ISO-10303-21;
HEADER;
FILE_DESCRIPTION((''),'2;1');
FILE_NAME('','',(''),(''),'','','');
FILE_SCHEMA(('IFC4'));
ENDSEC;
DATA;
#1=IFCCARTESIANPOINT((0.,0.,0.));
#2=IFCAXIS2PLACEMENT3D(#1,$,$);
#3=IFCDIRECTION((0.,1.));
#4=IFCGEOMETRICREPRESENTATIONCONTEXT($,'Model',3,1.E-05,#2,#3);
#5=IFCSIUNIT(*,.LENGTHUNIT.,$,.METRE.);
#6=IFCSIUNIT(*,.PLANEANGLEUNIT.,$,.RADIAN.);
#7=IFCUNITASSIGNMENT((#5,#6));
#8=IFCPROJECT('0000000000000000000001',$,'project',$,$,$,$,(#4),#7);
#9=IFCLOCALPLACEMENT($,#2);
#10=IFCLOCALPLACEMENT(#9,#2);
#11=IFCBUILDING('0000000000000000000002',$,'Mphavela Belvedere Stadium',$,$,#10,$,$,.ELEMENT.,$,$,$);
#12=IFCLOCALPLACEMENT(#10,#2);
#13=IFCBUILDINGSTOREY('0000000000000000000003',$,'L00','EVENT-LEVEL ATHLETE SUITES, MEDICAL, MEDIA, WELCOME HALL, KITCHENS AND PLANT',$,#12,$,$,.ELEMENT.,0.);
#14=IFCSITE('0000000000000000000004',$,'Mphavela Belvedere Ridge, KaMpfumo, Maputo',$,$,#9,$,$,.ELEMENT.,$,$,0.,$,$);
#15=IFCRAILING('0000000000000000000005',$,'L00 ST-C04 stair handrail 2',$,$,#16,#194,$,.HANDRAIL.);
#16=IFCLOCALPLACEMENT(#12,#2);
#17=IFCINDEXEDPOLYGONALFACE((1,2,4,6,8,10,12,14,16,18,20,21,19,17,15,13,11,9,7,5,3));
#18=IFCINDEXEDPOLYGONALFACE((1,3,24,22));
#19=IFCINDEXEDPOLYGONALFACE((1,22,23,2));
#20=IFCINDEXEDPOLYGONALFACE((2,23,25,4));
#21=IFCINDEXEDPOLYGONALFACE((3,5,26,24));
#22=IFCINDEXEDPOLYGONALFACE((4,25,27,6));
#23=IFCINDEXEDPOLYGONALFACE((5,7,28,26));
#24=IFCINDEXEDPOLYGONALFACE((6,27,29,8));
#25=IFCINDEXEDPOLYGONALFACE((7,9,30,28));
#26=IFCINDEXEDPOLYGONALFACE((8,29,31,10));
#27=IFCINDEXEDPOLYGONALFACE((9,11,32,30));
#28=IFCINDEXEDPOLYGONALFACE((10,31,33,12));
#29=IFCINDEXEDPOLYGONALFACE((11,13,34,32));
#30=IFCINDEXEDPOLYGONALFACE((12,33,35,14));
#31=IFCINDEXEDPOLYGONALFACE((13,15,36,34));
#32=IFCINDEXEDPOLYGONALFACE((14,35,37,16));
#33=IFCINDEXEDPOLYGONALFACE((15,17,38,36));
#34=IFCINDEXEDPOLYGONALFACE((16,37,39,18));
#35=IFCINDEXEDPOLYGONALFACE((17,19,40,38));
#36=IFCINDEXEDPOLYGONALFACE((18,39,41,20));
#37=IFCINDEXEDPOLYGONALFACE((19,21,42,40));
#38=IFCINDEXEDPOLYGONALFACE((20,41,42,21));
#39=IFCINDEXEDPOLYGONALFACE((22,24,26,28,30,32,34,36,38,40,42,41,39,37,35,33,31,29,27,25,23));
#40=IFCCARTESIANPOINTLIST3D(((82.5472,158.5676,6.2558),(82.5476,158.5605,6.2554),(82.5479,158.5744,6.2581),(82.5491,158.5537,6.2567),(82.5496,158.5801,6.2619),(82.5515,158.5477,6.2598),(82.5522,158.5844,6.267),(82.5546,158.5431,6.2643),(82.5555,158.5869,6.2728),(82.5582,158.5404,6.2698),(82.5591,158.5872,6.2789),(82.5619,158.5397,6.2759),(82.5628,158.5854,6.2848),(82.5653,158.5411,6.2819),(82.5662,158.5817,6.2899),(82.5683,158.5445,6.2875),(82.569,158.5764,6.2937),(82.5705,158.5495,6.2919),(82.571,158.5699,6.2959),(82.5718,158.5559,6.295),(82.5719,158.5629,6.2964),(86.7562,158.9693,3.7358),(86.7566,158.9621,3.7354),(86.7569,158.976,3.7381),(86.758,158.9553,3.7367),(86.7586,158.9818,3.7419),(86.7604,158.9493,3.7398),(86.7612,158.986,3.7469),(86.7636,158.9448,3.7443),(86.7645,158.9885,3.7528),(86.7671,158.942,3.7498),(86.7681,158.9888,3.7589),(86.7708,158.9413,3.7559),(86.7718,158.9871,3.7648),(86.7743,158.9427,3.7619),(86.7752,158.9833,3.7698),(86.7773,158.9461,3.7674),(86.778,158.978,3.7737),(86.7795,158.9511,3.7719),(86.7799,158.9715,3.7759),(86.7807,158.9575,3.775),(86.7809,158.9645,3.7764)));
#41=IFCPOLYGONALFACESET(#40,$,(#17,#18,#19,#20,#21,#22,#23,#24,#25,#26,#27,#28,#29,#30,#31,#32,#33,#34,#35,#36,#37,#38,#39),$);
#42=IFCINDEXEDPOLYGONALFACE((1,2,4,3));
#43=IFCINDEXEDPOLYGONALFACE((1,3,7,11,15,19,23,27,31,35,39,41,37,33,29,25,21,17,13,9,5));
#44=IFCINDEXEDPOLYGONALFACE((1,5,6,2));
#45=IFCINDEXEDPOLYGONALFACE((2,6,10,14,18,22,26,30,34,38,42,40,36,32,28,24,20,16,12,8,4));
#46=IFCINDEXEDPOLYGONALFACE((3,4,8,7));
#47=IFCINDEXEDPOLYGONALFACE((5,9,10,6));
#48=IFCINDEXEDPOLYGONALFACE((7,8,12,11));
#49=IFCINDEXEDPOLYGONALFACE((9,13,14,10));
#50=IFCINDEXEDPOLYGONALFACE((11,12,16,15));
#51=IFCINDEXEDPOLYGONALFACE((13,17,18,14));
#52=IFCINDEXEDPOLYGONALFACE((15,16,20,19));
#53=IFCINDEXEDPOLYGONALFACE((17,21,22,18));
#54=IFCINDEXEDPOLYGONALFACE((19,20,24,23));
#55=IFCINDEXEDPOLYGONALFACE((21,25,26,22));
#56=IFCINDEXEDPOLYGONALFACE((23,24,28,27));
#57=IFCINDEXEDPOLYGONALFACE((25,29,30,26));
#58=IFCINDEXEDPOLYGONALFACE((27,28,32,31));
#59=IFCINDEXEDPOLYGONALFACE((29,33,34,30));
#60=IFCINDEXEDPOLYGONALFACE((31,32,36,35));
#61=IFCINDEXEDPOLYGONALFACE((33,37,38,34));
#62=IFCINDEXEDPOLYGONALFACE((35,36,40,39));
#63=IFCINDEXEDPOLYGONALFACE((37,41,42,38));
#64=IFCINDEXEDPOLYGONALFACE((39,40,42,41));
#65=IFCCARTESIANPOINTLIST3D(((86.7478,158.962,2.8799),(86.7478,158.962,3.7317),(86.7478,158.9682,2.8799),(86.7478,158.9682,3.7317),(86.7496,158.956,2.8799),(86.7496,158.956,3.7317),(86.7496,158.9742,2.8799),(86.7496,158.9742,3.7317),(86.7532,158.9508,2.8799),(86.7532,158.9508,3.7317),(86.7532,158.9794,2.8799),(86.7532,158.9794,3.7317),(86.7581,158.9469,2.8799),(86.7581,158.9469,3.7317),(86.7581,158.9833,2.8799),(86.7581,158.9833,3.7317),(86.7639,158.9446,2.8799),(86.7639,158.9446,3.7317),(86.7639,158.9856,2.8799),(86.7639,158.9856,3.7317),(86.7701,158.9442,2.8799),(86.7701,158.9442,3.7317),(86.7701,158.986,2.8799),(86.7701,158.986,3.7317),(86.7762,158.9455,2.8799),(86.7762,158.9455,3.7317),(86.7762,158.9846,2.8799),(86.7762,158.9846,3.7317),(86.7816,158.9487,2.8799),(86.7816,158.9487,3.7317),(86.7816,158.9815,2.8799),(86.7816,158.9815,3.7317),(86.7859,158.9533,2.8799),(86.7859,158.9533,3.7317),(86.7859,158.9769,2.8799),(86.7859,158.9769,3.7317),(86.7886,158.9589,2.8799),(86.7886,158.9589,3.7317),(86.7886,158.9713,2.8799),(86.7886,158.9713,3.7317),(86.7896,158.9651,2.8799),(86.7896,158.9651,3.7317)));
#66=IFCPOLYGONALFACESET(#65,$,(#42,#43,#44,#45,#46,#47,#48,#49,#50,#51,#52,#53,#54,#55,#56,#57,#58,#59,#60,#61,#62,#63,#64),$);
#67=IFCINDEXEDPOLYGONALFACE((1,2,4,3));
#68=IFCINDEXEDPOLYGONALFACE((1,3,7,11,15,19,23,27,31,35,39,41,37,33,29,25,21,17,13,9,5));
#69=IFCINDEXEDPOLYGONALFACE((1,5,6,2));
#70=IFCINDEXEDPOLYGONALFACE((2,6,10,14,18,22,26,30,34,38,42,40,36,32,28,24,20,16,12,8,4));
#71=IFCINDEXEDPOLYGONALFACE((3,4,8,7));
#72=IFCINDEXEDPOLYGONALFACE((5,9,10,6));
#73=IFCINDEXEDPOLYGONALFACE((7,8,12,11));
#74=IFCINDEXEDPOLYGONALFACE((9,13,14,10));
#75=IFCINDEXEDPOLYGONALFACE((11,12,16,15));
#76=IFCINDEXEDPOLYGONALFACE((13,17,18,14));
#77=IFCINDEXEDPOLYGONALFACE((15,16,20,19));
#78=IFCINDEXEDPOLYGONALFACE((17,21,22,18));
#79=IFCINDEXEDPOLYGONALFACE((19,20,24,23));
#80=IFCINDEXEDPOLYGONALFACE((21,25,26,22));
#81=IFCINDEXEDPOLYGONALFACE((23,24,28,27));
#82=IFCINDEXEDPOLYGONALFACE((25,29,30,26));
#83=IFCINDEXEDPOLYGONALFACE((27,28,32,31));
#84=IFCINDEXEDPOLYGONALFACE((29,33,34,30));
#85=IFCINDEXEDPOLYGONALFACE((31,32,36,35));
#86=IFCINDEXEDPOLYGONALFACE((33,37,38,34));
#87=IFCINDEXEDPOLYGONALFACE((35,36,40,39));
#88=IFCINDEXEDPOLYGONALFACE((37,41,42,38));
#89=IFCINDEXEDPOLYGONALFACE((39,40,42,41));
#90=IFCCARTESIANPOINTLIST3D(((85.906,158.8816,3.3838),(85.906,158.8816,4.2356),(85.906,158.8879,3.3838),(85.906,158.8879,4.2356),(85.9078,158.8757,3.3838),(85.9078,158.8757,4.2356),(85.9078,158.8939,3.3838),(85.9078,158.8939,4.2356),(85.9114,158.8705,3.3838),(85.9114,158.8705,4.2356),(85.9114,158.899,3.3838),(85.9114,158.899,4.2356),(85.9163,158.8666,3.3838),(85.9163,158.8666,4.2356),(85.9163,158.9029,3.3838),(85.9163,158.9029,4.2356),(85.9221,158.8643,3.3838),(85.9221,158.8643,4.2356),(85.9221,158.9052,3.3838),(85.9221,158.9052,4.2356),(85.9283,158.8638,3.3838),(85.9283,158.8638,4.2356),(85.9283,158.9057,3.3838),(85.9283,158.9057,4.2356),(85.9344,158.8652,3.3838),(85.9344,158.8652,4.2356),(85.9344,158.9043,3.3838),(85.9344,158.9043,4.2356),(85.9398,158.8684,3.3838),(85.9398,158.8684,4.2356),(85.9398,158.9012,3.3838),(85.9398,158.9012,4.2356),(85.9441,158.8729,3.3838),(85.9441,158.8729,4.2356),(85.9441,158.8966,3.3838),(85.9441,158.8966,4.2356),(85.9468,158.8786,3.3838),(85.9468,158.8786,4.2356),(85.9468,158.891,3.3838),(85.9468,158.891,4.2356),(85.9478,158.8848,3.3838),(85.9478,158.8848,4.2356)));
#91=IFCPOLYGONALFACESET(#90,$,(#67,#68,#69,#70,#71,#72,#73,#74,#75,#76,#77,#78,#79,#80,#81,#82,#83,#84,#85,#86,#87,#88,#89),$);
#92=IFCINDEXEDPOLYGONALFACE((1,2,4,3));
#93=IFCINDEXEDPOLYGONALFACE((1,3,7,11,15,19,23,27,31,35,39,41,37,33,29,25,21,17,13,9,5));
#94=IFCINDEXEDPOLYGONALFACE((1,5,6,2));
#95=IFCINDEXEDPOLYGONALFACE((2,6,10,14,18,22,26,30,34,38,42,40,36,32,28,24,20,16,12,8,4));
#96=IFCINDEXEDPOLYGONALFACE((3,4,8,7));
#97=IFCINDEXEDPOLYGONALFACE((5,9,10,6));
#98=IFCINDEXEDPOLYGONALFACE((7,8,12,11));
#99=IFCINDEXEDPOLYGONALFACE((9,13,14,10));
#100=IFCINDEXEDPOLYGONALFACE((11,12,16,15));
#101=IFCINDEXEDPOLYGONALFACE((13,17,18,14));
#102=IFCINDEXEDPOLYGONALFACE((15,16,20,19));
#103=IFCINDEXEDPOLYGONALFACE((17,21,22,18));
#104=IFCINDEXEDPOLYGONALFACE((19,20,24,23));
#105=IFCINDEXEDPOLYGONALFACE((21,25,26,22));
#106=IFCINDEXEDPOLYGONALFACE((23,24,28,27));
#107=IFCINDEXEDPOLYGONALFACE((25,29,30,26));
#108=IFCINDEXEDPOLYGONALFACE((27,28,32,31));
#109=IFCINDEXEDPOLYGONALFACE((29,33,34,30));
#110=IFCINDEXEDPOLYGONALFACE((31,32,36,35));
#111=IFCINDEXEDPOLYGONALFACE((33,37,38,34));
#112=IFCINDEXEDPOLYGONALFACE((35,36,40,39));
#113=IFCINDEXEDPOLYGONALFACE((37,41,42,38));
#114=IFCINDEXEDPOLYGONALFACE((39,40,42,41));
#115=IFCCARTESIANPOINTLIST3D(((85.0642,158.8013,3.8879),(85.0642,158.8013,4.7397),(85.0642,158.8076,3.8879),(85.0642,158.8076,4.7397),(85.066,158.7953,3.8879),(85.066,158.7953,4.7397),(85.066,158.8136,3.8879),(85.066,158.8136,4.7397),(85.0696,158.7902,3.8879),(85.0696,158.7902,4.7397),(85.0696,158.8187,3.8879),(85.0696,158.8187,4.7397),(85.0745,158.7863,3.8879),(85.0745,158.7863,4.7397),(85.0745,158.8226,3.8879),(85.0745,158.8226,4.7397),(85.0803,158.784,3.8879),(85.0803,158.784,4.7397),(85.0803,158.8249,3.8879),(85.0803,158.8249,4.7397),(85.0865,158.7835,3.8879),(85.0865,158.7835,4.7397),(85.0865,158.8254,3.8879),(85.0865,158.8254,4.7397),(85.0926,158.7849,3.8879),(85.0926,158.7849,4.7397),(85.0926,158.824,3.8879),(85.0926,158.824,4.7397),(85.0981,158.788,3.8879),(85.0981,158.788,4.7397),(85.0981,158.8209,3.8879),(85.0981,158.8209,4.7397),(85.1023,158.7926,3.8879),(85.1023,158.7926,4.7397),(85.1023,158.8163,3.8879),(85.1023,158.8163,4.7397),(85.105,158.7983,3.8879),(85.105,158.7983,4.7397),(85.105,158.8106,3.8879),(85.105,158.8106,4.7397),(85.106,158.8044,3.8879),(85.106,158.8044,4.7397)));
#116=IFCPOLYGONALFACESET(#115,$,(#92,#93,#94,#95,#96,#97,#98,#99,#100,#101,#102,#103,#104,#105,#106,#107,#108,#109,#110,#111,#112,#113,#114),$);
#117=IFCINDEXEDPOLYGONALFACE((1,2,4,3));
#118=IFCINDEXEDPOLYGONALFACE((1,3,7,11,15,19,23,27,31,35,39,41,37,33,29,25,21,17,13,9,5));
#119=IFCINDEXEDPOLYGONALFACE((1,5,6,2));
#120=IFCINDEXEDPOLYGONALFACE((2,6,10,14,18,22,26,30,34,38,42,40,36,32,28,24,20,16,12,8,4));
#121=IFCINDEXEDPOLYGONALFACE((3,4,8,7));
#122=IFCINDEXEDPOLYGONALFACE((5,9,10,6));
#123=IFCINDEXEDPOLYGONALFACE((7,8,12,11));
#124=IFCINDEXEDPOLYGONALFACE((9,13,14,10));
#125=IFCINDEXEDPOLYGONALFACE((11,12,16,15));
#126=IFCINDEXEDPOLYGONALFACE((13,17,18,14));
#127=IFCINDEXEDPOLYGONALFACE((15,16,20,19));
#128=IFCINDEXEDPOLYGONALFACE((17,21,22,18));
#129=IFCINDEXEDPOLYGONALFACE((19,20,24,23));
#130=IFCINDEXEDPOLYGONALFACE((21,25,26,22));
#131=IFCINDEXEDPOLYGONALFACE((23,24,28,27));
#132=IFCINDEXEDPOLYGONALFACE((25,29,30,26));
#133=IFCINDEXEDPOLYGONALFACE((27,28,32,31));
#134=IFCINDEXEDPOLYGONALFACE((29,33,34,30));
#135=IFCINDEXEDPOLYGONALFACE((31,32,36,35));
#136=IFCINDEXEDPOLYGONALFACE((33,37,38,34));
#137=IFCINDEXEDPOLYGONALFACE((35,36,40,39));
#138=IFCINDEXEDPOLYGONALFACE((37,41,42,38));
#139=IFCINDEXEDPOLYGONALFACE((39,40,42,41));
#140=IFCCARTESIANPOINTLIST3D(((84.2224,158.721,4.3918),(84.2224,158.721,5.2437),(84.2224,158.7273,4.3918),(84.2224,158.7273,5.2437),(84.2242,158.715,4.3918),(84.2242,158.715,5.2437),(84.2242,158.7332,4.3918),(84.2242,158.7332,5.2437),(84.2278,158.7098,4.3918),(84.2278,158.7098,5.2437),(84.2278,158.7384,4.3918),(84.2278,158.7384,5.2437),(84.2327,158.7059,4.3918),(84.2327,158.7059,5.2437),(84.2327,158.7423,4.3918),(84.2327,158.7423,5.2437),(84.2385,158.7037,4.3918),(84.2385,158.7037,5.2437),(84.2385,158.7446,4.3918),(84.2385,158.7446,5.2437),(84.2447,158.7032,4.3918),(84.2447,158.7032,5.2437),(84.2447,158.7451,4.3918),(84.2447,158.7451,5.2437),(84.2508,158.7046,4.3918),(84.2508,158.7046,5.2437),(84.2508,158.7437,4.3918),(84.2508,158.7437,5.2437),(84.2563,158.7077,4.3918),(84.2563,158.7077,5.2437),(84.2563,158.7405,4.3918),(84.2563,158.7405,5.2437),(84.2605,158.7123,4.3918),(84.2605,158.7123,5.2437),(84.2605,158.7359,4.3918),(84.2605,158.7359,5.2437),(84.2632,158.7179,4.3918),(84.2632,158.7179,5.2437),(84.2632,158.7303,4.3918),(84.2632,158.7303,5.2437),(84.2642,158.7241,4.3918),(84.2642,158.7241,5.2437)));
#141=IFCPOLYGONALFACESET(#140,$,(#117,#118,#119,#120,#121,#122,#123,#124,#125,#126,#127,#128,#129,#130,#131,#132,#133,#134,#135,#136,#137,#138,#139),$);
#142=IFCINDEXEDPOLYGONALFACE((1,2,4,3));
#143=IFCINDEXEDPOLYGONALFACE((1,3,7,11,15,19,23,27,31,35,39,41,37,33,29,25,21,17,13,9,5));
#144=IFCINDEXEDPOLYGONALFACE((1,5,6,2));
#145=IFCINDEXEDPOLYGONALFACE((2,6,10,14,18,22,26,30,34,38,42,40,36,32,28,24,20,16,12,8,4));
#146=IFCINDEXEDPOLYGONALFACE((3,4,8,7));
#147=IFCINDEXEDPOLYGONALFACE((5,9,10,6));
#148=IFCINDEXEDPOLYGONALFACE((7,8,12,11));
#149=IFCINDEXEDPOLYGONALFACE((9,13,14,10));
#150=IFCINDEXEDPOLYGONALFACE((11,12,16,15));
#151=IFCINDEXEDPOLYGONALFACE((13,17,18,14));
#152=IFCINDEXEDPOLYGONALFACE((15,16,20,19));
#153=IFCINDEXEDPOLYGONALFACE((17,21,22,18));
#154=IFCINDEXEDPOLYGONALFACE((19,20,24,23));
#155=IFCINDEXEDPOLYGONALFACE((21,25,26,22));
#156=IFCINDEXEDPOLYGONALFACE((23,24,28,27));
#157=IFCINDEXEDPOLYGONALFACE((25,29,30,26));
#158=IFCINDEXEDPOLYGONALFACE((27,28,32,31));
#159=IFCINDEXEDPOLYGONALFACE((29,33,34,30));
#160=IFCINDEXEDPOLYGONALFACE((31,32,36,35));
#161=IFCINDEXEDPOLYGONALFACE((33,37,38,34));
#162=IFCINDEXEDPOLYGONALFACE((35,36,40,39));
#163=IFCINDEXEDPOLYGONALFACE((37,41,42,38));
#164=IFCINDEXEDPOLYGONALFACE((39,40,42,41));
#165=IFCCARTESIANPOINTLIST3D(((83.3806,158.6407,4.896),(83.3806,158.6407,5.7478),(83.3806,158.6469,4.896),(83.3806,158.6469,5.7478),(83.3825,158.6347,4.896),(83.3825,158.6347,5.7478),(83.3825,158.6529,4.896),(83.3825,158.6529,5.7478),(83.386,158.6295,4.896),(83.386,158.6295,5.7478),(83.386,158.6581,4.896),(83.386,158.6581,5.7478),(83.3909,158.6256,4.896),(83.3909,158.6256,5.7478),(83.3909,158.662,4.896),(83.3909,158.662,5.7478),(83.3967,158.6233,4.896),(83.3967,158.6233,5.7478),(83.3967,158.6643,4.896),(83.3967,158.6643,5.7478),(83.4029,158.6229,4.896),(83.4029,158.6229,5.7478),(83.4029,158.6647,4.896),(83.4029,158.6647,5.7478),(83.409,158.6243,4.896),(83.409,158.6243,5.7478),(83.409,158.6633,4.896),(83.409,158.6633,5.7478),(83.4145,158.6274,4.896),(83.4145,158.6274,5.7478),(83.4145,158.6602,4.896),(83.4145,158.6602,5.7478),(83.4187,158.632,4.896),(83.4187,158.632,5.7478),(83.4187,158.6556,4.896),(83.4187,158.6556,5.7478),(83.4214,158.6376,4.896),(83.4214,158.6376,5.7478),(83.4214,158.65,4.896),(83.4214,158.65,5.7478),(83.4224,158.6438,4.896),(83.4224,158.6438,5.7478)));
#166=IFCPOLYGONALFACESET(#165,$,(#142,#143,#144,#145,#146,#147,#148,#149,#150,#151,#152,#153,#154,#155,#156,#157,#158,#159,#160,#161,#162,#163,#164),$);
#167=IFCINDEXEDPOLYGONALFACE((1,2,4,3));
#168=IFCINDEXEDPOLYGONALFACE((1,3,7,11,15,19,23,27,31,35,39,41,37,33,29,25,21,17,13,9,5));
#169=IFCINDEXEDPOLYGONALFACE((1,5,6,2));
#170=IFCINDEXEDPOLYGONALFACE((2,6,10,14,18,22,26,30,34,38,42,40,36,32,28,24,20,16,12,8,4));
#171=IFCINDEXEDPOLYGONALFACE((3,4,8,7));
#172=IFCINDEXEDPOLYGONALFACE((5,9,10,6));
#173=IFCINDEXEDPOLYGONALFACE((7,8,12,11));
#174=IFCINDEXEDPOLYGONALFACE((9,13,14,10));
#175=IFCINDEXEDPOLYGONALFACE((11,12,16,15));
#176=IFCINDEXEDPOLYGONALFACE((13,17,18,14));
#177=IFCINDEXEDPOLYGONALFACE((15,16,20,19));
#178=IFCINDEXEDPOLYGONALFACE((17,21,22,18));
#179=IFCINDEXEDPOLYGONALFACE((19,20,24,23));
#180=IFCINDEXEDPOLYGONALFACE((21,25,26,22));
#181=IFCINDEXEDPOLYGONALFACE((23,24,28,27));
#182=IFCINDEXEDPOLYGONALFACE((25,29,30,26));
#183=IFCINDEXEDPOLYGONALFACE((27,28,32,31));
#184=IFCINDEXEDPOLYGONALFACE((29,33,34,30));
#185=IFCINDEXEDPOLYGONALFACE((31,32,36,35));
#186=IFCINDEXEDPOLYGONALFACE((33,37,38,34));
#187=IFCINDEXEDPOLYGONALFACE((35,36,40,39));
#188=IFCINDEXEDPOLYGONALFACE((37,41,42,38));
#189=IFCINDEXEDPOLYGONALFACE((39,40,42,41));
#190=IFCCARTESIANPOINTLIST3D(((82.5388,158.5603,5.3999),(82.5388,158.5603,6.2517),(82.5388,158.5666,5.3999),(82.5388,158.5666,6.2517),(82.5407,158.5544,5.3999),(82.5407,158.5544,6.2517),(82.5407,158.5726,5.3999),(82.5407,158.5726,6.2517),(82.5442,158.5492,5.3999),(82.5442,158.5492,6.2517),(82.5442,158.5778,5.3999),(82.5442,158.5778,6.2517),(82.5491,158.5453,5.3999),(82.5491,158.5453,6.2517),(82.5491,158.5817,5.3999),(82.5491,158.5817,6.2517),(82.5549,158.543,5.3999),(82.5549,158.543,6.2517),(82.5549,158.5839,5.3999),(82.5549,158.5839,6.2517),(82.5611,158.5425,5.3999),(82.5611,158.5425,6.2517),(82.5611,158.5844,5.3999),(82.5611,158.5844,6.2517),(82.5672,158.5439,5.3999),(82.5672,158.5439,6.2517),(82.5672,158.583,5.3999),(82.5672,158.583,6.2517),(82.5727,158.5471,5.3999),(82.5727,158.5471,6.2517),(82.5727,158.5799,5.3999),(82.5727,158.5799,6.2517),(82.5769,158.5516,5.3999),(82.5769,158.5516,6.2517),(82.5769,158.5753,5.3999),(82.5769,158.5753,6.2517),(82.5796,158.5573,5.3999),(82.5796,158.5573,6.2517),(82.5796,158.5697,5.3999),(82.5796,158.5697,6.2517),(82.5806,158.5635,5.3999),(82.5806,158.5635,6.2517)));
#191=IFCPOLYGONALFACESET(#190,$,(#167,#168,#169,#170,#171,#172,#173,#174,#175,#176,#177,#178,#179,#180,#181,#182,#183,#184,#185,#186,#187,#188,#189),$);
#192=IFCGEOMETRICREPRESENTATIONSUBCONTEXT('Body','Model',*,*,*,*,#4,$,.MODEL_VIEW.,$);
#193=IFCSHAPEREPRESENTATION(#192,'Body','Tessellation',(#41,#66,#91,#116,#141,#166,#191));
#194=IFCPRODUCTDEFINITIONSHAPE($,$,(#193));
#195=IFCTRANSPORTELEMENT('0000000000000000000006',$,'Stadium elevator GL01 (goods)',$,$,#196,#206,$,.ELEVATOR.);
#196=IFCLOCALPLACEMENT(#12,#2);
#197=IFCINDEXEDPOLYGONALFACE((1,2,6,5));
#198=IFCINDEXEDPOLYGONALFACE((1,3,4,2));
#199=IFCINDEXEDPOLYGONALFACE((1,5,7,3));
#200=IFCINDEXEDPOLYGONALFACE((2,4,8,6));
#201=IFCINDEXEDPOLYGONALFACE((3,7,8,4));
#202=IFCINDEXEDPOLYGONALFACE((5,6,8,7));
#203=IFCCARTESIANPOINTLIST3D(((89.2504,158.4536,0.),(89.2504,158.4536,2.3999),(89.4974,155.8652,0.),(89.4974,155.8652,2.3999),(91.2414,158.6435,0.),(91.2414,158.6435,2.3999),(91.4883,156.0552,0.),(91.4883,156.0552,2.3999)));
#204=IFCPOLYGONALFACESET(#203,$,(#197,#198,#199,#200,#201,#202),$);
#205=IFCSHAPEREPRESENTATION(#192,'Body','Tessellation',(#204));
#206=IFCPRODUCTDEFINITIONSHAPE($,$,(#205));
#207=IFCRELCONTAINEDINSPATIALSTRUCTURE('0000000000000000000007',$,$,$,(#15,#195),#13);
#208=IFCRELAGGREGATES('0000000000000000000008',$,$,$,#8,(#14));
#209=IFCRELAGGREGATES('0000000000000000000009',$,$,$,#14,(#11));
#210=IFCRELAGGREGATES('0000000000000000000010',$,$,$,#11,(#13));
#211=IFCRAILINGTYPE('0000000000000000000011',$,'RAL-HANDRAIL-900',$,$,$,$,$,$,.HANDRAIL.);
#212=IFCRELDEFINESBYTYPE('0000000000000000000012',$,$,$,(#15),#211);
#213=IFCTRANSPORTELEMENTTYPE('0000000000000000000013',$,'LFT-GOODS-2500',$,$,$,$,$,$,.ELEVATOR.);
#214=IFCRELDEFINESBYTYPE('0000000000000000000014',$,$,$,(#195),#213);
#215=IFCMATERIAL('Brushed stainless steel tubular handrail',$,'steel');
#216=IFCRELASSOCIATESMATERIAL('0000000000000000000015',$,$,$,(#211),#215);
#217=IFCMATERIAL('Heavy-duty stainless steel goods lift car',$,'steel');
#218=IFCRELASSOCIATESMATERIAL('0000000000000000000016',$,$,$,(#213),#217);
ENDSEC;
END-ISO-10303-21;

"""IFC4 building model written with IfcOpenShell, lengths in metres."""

from ifc_helpers import new_model, si_unit, direction, frame, origin, origin_2d, place, context, subcontext, project, spatial, rectangle, circle, extrude, material, type_object, element, save


model = new_model("IFC4")

# Units and contexts
model_context = context("Model", 3, precision=1e-05, world=origin(), true_north=direction((0.0, 1.0)))
body_context = subcontext(model_context, "Body", "Model", "MODEL_VIEW")
ifc_project = project(units=[si_unit("LENGTHUNIT", "METRE"), si_unit("PLANEANGLEUNIT", "RADIAN")], contexts=[model_context])

# Site, building, storey
site_placement = place(None, origin())
site = spatial("IfcSite", under=ifc_project, at=site_placement, Name="Mphavela Belvedere Ridge, KaMpfumo, Maputo", CompositionType="ELEMENT", RefElevation=0.0)
building_placement = place(site_placement, origin())
building = spatial("IfcBuilding", under=site, at=building_placement, Name="Mphavela Belvedere Stadium", CompositionType="ELEMENT")
storey_placement = place(building_placement, origin())
storey = spatial("IfcBuildingStorey", under=building, at=storey_placement, Name="L00", Description="EVENT-LEVEL ATHLETE SUITES, MEDICAL, MEDIA, WELCOME HALL, KITCHENS AND PLANT", CompositionType="ELEMENT", Elevation=0.0)

# Railing
ifc_material_1 = material(Name="Brushed stainless steel tubular handrail", Category="steel")
railing_type_1 = type_object("IfcRailingType", Name="RAL-HANDRAIL-900", PredefinedType="HANDRAIL", material=ifc_material_1)
railing_1_placement = place(storey_placement, frame((86.7686, 158.9651, 2.8799)))
element("IfcRailing", 1, at=railing_1_placement, inside=storey, type_object=railing_type_1, Name="L00 ST-C04 stair handrail 2", PredefinedType="HANDRAIL", context=body_context, shape_type="SweptSolid", body=[
    extrude(circle(Radius=0.0239, at=origin_2d()), frame((0.0, 0.0, 0.876), z_axis=(-0.855115, -0.081593, 0.511978), x_axis=(0.094986, -0.995479, 0.0)), (0.0, 0.0, 1.0), 4.9221),
    extrude(circle(Radius=0.021, at=origin_2d()), origin(), (0.0, 0.0, 1.0), 0.8518),
    extrude(circle(Radius=0.021, at=origin_2d()), frame((-0.8418, -0.0803, 0.5039)), (0.0, 0.0, 1.0), 0.8518),
    extrude(circle(Radius=0.021, at=origin_2d()), frame((-1.6836, -0.1606, 1.0081)), (0.0, 0.0, 1.0), 0.8518),
    extrude(circle(Radius=0.021, at=origin_2d()), frame((-2.5254, -0.241, 1.512)), (0.0, 0.0, 1.0), 0.8518),
    extrude(circle(Radius=0.021, at=origin_2d()), frame((-3.3672, -0.3213, 2.0161)), (0.0, 0.0, 1.0), 0.8518),
    extrude(circle(Radius=0.021, at=origin_2d()), frame((-4.209, -0.4016, 2.52)), (0.0, 0.0, 1.0), 0.8518),
])

# Transport element
ifc_material_2 = material(Name="Heavy-duty stainless steel goods lift car", Category="steel")
transport_element_type = type_object("IfcTransportElementType", Name="LFT-GOODS-2500", PredefinedType="ELEVATOR", material=ifc_material_2)
transport_element_placement = place(storey_placement, frame((90.3694, 157.2544, 0.0), z_axis=(0.0, 0.0, 1.0), x_axis=(0.995479, 0.094977, 0.0)))
element("IfcTransportElement", 2, at=transport_element_placement, inside=storey, type_object=transport_element_type, Name="Stadium elevator GL01 (goods)", PredefinedType="ELEVATOR", context=body_context, shape_type="SweptSolid", body=[
    extrude(rectangle(XDim=2.0, YDim=2.6001, at=origin_2d()), origin(), (0.0, 0.0, 1.0), 2.3999),
])

save(model, "model.ifc")
